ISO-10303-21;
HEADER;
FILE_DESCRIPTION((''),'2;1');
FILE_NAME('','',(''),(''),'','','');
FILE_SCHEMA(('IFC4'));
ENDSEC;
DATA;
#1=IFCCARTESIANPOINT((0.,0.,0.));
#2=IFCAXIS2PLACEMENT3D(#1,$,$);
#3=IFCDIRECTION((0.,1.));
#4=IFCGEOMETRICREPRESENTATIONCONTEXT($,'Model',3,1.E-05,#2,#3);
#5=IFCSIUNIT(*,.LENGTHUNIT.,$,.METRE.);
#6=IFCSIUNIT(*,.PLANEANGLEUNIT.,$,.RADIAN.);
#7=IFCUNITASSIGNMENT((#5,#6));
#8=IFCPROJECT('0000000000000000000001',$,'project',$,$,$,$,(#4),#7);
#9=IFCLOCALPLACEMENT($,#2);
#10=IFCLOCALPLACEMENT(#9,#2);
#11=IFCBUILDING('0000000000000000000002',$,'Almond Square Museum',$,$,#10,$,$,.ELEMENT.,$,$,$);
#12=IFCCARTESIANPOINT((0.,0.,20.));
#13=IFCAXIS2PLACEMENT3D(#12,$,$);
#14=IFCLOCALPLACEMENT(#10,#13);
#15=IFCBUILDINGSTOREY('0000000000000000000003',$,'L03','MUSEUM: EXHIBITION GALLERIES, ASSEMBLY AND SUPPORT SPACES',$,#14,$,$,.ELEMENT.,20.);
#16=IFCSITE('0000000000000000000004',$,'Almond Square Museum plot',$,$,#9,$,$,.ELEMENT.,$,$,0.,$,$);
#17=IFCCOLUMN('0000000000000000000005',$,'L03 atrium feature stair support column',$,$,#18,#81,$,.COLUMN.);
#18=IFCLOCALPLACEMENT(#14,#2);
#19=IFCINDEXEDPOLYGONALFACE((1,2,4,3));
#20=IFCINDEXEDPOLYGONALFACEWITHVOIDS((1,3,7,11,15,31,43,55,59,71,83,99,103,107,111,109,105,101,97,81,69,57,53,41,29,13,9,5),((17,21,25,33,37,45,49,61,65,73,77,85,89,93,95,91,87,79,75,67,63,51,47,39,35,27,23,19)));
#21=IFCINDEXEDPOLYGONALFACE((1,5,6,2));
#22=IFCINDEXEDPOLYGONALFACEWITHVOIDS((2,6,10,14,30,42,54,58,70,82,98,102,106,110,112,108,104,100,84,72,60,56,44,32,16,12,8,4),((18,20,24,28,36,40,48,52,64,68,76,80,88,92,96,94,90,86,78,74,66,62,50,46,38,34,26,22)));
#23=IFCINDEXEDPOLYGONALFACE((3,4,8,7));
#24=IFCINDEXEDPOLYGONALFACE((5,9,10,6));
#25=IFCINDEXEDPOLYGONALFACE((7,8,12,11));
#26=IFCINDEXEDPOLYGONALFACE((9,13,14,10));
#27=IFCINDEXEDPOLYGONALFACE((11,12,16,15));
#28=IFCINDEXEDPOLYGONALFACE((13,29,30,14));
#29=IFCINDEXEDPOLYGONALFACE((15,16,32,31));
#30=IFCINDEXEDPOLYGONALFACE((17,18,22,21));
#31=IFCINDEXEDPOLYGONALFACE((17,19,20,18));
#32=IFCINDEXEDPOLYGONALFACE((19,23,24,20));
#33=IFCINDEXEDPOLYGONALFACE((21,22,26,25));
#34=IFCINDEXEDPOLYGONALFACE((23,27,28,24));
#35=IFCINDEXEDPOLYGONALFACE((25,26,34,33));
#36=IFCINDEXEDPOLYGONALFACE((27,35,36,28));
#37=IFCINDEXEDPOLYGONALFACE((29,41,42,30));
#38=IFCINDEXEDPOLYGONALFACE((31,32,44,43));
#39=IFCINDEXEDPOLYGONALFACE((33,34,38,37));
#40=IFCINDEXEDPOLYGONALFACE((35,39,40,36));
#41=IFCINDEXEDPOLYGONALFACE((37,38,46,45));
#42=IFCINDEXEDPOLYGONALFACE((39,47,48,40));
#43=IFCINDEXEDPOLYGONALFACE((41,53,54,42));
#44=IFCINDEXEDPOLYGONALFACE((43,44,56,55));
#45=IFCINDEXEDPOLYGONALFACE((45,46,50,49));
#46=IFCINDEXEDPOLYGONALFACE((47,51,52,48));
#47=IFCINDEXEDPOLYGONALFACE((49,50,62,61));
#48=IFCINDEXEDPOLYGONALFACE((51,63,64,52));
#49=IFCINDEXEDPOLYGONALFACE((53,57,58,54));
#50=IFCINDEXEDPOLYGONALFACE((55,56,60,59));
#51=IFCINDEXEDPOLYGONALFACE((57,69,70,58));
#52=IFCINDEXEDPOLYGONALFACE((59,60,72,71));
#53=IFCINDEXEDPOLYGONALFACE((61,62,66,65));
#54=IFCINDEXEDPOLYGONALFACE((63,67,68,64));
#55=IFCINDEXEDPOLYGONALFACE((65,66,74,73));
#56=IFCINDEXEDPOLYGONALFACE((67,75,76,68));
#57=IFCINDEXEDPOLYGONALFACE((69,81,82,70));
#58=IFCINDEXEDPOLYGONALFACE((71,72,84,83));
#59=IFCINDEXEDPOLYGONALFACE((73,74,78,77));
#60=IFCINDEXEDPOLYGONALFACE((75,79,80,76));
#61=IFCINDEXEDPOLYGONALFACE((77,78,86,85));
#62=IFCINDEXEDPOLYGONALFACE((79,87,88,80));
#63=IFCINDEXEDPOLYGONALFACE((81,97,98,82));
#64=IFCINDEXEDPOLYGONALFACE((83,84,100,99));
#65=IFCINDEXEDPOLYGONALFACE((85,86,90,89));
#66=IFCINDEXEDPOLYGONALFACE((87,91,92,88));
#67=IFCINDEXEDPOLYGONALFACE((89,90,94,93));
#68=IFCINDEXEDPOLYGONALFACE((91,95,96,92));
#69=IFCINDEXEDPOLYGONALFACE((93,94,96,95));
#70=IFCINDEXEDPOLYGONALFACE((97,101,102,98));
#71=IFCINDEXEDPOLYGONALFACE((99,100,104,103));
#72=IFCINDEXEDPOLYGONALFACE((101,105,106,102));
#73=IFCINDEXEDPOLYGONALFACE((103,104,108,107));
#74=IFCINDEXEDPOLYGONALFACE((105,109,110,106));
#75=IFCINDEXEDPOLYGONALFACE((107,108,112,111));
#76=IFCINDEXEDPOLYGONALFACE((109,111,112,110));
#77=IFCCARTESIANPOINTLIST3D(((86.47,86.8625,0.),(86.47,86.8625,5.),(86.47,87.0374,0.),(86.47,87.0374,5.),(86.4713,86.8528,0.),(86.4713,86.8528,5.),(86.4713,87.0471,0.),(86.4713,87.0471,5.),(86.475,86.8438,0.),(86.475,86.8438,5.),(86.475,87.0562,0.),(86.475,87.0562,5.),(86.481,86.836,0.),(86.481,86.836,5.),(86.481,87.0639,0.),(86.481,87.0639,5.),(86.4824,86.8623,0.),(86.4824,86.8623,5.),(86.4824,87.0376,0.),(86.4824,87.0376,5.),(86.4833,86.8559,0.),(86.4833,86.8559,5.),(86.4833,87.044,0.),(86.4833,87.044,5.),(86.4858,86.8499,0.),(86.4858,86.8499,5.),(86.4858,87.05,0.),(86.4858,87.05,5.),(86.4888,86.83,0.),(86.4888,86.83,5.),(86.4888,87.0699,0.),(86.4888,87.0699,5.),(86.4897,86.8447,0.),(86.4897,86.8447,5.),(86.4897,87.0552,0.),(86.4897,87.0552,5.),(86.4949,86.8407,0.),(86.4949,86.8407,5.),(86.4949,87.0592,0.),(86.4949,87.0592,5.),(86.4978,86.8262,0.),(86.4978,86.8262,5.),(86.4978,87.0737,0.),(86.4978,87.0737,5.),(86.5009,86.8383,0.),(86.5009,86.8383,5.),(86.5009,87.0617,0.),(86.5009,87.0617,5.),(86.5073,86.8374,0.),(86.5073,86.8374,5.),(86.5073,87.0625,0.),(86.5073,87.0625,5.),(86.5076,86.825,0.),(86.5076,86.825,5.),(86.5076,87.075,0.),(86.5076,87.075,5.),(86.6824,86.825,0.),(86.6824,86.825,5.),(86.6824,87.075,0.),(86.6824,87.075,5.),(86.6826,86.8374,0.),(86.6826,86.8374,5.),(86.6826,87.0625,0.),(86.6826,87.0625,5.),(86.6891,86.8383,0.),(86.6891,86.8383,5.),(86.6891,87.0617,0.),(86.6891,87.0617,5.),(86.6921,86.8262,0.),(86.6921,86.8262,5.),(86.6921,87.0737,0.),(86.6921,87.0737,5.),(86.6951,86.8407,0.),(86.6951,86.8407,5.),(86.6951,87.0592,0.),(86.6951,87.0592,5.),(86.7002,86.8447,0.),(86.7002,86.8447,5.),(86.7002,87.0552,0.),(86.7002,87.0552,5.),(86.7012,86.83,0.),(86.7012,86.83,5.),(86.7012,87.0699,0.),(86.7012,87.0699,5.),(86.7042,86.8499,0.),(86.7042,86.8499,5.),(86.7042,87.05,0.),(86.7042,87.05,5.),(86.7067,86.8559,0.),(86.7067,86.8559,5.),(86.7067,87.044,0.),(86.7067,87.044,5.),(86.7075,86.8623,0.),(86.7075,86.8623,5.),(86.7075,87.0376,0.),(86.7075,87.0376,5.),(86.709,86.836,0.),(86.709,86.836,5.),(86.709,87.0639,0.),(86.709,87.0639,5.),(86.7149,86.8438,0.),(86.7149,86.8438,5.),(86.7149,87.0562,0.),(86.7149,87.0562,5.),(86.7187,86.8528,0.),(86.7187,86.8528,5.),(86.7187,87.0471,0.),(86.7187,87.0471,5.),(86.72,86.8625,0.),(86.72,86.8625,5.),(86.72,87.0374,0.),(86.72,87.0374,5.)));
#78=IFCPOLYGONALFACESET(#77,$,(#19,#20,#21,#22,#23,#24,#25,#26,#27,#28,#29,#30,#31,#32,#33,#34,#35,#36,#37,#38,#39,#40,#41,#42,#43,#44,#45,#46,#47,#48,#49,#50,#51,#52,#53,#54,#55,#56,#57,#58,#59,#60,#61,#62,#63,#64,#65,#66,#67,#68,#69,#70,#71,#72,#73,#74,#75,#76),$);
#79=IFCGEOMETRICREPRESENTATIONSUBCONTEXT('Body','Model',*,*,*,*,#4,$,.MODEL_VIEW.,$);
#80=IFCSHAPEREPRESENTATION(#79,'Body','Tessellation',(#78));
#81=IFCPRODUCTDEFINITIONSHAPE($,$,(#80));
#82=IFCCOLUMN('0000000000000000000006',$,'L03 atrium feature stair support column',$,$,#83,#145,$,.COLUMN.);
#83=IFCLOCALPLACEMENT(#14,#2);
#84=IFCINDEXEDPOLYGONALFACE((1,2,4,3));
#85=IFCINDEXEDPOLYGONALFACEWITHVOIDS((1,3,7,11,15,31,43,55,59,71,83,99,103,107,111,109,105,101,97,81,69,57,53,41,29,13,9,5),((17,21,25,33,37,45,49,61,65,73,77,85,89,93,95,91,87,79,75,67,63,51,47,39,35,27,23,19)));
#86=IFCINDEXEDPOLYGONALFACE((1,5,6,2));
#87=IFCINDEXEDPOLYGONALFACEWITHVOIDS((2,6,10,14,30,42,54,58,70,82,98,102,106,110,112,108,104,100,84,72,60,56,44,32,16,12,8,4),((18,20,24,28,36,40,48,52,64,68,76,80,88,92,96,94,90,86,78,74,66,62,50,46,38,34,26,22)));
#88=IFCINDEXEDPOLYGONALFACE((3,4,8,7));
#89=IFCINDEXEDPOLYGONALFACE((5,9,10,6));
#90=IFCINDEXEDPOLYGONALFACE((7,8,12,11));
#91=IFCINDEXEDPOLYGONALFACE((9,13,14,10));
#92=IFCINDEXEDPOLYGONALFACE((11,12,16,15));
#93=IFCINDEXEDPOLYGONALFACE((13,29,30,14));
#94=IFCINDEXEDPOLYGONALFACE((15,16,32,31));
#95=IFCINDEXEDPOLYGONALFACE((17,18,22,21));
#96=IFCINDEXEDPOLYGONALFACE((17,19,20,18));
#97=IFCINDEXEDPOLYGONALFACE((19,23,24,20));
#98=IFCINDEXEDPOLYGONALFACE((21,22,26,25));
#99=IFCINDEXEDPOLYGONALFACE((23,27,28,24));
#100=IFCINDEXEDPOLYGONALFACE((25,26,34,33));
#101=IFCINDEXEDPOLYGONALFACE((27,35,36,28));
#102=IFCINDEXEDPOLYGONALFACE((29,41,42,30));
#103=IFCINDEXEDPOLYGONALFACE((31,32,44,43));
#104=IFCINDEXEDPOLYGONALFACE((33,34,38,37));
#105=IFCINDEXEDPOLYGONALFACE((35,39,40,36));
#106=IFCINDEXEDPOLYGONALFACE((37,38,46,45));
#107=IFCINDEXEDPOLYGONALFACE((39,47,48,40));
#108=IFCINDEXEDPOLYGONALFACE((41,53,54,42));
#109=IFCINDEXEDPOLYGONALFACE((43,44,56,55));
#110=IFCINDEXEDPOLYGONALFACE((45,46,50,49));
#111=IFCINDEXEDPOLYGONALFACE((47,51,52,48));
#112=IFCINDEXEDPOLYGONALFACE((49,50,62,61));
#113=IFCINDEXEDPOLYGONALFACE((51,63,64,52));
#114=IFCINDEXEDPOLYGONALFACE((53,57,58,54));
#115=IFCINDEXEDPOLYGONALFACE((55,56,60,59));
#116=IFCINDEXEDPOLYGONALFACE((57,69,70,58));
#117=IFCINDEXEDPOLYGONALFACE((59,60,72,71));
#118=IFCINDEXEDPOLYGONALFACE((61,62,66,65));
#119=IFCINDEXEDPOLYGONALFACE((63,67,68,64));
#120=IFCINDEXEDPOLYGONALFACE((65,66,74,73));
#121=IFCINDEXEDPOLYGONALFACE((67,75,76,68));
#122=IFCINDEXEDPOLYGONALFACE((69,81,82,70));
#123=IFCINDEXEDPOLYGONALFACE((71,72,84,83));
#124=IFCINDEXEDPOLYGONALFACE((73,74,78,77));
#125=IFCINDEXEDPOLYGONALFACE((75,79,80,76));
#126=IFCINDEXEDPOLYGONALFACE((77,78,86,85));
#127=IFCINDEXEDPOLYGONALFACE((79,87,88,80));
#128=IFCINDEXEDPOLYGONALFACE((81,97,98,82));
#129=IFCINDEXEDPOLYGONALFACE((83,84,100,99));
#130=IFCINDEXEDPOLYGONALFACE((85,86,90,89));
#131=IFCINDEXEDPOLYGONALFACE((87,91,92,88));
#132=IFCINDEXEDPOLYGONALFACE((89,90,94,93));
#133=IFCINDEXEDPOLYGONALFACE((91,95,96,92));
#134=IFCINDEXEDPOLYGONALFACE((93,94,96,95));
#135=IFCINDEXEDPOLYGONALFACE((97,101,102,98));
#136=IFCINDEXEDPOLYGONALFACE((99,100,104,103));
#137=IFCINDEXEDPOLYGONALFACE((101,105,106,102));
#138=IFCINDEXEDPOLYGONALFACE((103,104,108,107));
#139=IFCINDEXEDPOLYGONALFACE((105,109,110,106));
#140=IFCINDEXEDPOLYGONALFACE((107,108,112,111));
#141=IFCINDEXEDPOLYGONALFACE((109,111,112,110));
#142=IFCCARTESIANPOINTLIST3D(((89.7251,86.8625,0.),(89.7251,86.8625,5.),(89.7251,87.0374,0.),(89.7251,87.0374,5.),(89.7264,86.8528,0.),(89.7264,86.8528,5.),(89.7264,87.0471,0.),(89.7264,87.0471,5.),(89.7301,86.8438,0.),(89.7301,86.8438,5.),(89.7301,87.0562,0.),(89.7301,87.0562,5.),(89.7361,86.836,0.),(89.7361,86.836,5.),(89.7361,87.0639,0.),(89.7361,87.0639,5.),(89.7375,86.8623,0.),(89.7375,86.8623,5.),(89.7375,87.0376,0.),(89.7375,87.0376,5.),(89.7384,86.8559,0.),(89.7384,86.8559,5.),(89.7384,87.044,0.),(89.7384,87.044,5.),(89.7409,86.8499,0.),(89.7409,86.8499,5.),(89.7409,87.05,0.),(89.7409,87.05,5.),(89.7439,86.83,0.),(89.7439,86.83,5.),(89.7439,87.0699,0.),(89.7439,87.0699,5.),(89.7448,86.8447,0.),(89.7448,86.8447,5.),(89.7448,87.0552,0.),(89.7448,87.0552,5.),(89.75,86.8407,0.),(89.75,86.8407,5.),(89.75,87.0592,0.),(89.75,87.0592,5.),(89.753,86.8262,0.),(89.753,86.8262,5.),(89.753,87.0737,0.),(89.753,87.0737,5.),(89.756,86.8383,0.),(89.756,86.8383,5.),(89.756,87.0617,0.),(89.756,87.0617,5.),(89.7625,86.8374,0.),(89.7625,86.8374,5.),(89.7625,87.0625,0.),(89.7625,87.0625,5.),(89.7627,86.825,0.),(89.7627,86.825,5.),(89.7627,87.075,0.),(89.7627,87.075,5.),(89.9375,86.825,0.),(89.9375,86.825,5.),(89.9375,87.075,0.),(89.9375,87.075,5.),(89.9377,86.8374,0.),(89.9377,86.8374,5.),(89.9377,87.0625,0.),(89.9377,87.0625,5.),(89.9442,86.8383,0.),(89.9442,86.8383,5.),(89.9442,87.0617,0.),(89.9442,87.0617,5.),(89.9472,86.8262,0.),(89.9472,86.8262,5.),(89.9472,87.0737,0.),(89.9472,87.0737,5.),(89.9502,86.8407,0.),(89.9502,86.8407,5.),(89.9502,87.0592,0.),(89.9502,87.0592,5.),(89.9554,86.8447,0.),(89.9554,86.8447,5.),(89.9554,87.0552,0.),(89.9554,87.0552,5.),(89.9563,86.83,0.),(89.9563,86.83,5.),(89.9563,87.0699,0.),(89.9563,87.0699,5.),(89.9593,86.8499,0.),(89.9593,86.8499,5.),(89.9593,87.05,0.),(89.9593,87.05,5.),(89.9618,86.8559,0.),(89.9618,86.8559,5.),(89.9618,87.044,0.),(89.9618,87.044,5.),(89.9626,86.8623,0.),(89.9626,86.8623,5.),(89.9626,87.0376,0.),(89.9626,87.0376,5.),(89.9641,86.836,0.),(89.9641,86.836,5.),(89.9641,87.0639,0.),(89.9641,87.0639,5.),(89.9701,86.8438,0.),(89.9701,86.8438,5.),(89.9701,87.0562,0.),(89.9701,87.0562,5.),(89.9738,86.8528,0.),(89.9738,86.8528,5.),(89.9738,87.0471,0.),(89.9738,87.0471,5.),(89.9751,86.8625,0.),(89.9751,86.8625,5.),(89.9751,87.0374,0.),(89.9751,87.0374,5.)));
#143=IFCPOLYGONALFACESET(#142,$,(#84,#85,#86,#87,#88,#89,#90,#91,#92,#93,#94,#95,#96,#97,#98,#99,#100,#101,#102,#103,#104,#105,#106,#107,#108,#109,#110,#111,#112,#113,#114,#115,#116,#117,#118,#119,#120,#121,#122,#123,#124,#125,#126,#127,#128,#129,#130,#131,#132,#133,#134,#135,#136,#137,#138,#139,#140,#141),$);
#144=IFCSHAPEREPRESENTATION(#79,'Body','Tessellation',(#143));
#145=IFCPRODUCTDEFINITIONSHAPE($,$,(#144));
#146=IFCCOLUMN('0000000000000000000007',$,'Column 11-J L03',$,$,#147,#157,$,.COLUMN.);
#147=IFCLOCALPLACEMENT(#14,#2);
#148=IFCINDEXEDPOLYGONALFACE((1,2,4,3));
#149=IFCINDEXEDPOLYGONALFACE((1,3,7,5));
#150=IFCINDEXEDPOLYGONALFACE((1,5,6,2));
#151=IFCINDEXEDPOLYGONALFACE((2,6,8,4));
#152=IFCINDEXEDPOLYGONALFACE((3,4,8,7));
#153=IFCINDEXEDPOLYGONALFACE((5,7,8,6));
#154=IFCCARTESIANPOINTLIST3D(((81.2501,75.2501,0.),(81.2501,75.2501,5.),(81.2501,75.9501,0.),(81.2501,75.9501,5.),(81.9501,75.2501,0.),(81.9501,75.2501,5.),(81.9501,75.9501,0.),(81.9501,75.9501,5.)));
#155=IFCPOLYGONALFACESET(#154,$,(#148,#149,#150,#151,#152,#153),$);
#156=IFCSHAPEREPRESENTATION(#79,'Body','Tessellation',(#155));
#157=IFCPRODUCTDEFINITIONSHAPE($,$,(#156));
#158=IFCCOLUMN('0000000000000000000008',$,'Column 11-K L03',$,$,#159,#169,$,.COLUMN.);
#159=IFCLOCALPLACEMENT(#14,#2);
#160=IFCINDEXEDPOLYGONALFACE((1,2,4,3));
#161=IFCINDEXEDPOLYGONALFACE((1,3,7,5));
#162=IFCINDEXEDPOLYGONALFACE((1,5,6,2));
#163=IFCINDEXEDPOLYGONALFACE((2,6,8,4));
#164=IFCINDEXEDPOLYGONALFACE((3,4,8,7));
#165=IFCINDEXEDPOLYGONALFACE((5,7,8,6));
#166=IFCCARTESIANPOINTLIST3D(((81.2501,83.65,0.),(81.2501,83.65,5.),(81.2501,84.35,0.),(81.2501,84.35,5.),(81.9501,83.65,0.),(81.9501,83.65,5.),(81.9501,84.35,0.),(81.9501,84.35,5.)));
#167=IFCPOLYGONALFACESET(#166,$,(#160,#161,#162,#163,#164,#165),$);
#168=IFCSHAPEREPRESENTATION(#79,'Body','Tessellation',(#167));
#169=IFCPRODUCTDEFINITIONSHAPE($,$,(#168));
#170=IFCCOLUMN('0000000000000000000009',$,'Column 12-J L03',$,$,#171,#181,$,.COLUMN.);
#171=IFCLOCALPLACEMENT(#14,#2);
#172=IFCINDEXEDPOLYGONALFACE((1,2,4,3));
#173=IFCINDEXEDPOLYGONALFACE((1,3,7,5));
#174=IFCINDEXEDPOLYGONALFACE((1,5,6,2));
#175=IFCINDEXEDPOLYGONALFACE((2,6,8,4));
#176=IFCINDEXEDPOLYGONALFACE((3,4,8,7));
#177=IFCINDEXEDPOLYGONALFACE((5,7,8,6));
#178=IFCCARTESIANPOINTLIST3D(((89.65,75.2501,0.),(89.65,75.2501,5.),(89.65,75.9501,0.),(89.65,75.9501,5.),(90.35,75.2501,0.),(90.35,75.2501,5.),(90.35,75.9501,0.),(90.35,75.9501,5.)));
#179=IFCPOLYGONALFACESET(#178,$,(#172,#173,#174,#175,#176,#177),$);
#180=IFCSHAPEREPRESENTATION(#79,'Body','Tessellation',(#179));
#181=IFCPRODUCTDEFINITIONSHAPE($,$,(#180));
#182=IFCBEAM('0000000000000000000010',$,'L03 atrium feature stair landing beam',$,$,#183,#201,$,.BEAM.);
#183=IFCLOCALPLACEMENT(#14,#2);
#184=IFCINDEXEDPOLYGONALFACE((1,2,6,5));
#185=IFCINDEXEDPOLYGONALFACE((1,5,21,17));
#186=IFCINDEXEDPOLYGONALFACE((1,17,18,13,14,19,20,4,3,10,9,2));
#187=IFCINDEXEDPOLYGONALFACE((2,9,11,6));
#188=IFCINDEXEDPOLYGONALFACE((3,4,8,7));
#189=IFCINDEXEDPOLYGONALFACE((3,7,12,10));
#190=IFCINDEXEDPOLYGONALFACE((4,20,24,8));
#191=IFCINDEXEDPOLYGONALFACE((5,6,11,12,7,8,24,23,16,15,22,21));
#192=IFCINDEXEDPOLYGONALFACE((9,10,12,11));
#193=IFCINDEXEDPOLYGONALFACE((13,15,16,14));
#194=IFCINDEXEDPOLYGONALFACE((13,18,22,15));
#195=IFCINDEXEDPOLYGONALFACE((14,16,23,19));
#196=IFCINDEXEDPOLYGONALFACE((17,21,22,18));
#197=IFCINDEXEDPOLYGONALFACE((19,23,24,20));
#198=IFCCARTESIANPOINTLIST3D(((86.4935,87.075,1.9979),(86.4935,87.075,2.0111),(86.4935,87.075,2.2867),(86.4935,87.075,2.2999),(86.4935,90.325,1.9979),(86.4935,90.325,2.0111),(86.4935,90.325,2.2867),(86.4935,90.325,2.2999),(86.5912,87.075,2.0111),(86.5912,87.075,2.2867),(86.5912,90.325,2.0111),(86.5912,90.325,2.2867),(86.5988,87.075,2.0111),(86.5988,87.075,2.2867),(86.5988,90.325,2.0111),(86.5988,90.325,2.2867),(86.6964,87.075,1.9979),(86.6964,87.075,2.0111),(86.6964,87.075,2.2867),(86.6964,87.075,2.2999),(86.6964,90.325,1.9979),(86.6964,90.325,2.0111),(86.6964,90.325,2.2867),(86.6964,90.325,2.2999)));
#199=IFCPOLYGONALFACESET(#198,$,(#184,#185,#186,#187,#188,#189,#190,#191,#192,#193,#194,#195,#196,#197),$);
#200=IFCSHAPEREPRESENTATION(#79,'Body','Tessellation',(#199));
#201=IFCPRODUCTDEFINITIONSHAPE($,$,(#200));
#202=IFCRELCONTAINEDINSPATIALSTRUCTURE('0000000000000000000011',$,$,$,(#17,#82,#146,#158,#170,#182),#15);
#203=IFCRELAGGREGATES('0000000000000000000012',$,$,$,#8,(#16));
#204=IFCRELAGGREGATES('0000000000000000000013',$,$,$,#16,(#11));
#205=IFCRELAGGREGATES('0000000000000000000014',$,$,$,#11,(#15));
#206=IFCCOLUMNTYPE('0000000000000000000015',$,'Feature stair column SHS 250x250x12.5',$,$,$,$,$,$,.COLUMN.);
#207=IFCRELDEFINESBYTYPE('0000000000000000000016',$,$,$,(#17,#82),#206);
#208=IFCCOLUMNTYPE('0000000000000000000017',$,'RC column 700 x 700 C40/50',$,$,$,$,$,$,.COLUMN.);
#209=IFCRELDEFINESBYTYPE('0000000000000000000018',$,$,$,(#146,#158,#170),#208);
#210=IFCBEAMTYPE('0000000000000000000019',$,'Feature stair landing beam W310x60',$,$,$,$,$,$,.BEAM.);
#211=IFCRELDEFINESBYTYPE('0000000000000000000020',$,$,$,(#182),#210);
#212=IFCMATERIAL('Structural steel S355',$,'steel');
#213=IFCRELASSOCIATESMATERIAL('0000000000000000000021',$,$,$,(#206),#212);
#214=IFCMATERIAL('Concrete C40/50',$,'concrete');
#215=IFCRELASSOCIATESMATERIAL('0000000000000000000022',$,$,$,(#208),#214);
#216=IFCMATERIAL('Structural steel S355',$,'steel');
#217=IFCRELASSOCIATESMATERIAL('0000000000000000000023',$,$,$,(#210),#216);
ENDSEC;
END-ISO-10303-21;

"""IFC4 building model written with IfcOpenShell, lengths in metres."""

from ifc_helpers import new_model, si_unit, direction, frame, origin, origin_2d, place, context, subcontext, project, spatial, rectangle, hollow_rectangle, i_section, extrude, material, material_profile, profile_set, type_object, element, save


model = new_model("IFC4")

# Units and contexts
model_context = context("Model", 3, precision=1e-05, world=origin(), true_north=direction((0.0, 1.0)))
body_context = subcontext(model_context, "Body", "Model", "MODEL_VIEW")
ifc_project = project(units=[si_unit("LENGTHUNIT", "METRE"), si_unit("PLANEANGLEUNIT", "RADIAN")], contexts=[model_context])

# Site, building, storey
site_placement = place(None, origin())
site = spatial("IfcSite", under=ifc_project, at=site_placement, Name="Almond Square Museum plot", CompositionType="ELEMENT", RefElevation=0.0)
building_placement = place(site_placement, origin())
building = spatial("IfcBuilding", under=site, at=building_placement, Name="Almond Square Museum", CompositionType="ELEMENT")
storey_placement = place(building_placement, frame((0.0, 0.0, 20.0)))
storey = spatial("IfcBuildingStorey", under=building, at=storey_placement, Name="L03", Description="MUSEUM: EXHIBITION GALLERIES, ASSEMBLY AND SUPPORT SPACES", CompositionType="ELEMENT", Elevation=20.0)

# Columns
ifc_material_1 = material(Name="Structural steel S355", Category="steel")
ifc_material_profile_1 = material_profile(ifc_material_1, hollow_rectangle(XDim=0.25, YDim=0.25, WallThickness=0.0125, InnerFilletRadius=0.0249, OuterFilletRadius=0.0376, at=origin_2d()))
ifc_profile_set_1 = profile_set([ifc_material_profile_1], Name="Structural steel S355")
column_type_1 = type_object("IfcColumnType", Name="Feature stair column SHS 250x250x12.5", PredefinedType="COLUMN", material=ifc_profile_set_1)
for number, where, z_axis, x_axis, name in (
    (1, (86.595, 86.95, 0.0), (0.0, 0.0, 1.0), (1.0, 0.0, 0.0), "L03 atrium feature stair support column"),
    (2, (89.8501, 86.95, 0.0), (0.0, 0.0, 1.0), (1.0, 0.0, 0.0), "L03 atrium feature stair support column"),
):
    element("IfcColumn", number, at=place(storey_placement, frame(where, z_axis=z_axis, x_axis=x_axis)), inside=storey, type_object=column_type_1, Name=name, PredefinedType="COLUMN", context=body_context, shape_type="SweptSolid", body=[
        extrude(hollow_rectangle(XDim=0.25, YDim=0.25, WallThickness=0.0125, InnerFilletRadius=0.0249, OuterFilletRadius=0.0376, at=origin_2d()), origin(), (0.0, 0.0, 1.0), 5.0),
    ])
ifc_material_2 = material(Name="Concrete C40/50", Category="concrete")
ifc_material_profile_2 = material_profile(ifc_material_2, rectangle(XDim=0.7, YDim=0.7, at=origin_2d()))
ifc_profile_set_2 = profile_set([ifc_material_profile_2], Name="Concrete C40/50")
column_type_2 = type_object("IfcColumnType", Name="RC column 700 x 700 C40/50", PredefinedType="COLUMN", material=ifc_profile_set_2)
for number, where, z_axis, x_axis, name in (
    (3, (81.6001, 75.6001, 0.0), (0.0, 0.0, 1.0), (1.0, 0.0, 0.0), "Column 11-J L03"),
    (4, (81.6001, 84.0, 0.0), (0.0, 0.0, 1.0), (1.0, 0.0, 0.0), "Column 11-K L03"),
    (5, (90.0, 75.6001, 0.0), (0.0, 0.0, 1.0), (1.0, 0.0, 0.0), "Column 12-J L03"),
):
    element("IfcColumn", number, at=place(storey_placement, frame(where, z_axis=z_axis, x_axis=x_axis)), inside=storey, type_object=column_type_2, Name=name, PredefinedType="COLUMN", context=body_context, shape_type="SweptSolid", body=[
        extrude(rectangle(XDim=0.7, YDim=0.7, at=origin_2d()), origin(), (0.0, 0.0, 1.0), 5.0),
    ])

# Beam
ifc_material_3 = material(Name="Structural steel S355", Category="steel")
ifc_material_profile_3 = material_profile(ifc_material_3, i_section(OverallWidth=0.2029, OverallDepth=0.302, WebThickness=0.0076, FlangeThickness=0.0132, at=origin_2d()))
ifc_profile_set_3 = profile_set([ifc_material_profile_3], Name="Structural steel S355")
beam_type_1 = type_object("IfcBeamType", Name="Feature stair landing beam W310x60", PredefinedType="BEAM", material=ifc_profile_set_3)
for number, where, z_axis, x_axis, name in (
    (6, (86.595, 87.075, 2.1489), (0.0, 1.0, 0.0), (-1.0, 0.0, 0.0), "L03 atrium feature stair landing beam"),
):
    element("IfcBeam", number, at=place(storey_placement, frame(where, z_axis=z_axis, x_axis=x_axis)), inside=storey, type_object=beam_type_1, Name=name, PredefinedType="BEAM", context=body_context, shape_type="SweptSolid", body=[
        extrude(i_section(OverallWidth=0.2029, OverallDepth=0.302, WebThickness=0.0076, FlangeThickness=0.0132, at=origin_2d()), origin(), (0.0, 0.0, 1.0), 3.25),
    ])

save(model, "model.ifc")
